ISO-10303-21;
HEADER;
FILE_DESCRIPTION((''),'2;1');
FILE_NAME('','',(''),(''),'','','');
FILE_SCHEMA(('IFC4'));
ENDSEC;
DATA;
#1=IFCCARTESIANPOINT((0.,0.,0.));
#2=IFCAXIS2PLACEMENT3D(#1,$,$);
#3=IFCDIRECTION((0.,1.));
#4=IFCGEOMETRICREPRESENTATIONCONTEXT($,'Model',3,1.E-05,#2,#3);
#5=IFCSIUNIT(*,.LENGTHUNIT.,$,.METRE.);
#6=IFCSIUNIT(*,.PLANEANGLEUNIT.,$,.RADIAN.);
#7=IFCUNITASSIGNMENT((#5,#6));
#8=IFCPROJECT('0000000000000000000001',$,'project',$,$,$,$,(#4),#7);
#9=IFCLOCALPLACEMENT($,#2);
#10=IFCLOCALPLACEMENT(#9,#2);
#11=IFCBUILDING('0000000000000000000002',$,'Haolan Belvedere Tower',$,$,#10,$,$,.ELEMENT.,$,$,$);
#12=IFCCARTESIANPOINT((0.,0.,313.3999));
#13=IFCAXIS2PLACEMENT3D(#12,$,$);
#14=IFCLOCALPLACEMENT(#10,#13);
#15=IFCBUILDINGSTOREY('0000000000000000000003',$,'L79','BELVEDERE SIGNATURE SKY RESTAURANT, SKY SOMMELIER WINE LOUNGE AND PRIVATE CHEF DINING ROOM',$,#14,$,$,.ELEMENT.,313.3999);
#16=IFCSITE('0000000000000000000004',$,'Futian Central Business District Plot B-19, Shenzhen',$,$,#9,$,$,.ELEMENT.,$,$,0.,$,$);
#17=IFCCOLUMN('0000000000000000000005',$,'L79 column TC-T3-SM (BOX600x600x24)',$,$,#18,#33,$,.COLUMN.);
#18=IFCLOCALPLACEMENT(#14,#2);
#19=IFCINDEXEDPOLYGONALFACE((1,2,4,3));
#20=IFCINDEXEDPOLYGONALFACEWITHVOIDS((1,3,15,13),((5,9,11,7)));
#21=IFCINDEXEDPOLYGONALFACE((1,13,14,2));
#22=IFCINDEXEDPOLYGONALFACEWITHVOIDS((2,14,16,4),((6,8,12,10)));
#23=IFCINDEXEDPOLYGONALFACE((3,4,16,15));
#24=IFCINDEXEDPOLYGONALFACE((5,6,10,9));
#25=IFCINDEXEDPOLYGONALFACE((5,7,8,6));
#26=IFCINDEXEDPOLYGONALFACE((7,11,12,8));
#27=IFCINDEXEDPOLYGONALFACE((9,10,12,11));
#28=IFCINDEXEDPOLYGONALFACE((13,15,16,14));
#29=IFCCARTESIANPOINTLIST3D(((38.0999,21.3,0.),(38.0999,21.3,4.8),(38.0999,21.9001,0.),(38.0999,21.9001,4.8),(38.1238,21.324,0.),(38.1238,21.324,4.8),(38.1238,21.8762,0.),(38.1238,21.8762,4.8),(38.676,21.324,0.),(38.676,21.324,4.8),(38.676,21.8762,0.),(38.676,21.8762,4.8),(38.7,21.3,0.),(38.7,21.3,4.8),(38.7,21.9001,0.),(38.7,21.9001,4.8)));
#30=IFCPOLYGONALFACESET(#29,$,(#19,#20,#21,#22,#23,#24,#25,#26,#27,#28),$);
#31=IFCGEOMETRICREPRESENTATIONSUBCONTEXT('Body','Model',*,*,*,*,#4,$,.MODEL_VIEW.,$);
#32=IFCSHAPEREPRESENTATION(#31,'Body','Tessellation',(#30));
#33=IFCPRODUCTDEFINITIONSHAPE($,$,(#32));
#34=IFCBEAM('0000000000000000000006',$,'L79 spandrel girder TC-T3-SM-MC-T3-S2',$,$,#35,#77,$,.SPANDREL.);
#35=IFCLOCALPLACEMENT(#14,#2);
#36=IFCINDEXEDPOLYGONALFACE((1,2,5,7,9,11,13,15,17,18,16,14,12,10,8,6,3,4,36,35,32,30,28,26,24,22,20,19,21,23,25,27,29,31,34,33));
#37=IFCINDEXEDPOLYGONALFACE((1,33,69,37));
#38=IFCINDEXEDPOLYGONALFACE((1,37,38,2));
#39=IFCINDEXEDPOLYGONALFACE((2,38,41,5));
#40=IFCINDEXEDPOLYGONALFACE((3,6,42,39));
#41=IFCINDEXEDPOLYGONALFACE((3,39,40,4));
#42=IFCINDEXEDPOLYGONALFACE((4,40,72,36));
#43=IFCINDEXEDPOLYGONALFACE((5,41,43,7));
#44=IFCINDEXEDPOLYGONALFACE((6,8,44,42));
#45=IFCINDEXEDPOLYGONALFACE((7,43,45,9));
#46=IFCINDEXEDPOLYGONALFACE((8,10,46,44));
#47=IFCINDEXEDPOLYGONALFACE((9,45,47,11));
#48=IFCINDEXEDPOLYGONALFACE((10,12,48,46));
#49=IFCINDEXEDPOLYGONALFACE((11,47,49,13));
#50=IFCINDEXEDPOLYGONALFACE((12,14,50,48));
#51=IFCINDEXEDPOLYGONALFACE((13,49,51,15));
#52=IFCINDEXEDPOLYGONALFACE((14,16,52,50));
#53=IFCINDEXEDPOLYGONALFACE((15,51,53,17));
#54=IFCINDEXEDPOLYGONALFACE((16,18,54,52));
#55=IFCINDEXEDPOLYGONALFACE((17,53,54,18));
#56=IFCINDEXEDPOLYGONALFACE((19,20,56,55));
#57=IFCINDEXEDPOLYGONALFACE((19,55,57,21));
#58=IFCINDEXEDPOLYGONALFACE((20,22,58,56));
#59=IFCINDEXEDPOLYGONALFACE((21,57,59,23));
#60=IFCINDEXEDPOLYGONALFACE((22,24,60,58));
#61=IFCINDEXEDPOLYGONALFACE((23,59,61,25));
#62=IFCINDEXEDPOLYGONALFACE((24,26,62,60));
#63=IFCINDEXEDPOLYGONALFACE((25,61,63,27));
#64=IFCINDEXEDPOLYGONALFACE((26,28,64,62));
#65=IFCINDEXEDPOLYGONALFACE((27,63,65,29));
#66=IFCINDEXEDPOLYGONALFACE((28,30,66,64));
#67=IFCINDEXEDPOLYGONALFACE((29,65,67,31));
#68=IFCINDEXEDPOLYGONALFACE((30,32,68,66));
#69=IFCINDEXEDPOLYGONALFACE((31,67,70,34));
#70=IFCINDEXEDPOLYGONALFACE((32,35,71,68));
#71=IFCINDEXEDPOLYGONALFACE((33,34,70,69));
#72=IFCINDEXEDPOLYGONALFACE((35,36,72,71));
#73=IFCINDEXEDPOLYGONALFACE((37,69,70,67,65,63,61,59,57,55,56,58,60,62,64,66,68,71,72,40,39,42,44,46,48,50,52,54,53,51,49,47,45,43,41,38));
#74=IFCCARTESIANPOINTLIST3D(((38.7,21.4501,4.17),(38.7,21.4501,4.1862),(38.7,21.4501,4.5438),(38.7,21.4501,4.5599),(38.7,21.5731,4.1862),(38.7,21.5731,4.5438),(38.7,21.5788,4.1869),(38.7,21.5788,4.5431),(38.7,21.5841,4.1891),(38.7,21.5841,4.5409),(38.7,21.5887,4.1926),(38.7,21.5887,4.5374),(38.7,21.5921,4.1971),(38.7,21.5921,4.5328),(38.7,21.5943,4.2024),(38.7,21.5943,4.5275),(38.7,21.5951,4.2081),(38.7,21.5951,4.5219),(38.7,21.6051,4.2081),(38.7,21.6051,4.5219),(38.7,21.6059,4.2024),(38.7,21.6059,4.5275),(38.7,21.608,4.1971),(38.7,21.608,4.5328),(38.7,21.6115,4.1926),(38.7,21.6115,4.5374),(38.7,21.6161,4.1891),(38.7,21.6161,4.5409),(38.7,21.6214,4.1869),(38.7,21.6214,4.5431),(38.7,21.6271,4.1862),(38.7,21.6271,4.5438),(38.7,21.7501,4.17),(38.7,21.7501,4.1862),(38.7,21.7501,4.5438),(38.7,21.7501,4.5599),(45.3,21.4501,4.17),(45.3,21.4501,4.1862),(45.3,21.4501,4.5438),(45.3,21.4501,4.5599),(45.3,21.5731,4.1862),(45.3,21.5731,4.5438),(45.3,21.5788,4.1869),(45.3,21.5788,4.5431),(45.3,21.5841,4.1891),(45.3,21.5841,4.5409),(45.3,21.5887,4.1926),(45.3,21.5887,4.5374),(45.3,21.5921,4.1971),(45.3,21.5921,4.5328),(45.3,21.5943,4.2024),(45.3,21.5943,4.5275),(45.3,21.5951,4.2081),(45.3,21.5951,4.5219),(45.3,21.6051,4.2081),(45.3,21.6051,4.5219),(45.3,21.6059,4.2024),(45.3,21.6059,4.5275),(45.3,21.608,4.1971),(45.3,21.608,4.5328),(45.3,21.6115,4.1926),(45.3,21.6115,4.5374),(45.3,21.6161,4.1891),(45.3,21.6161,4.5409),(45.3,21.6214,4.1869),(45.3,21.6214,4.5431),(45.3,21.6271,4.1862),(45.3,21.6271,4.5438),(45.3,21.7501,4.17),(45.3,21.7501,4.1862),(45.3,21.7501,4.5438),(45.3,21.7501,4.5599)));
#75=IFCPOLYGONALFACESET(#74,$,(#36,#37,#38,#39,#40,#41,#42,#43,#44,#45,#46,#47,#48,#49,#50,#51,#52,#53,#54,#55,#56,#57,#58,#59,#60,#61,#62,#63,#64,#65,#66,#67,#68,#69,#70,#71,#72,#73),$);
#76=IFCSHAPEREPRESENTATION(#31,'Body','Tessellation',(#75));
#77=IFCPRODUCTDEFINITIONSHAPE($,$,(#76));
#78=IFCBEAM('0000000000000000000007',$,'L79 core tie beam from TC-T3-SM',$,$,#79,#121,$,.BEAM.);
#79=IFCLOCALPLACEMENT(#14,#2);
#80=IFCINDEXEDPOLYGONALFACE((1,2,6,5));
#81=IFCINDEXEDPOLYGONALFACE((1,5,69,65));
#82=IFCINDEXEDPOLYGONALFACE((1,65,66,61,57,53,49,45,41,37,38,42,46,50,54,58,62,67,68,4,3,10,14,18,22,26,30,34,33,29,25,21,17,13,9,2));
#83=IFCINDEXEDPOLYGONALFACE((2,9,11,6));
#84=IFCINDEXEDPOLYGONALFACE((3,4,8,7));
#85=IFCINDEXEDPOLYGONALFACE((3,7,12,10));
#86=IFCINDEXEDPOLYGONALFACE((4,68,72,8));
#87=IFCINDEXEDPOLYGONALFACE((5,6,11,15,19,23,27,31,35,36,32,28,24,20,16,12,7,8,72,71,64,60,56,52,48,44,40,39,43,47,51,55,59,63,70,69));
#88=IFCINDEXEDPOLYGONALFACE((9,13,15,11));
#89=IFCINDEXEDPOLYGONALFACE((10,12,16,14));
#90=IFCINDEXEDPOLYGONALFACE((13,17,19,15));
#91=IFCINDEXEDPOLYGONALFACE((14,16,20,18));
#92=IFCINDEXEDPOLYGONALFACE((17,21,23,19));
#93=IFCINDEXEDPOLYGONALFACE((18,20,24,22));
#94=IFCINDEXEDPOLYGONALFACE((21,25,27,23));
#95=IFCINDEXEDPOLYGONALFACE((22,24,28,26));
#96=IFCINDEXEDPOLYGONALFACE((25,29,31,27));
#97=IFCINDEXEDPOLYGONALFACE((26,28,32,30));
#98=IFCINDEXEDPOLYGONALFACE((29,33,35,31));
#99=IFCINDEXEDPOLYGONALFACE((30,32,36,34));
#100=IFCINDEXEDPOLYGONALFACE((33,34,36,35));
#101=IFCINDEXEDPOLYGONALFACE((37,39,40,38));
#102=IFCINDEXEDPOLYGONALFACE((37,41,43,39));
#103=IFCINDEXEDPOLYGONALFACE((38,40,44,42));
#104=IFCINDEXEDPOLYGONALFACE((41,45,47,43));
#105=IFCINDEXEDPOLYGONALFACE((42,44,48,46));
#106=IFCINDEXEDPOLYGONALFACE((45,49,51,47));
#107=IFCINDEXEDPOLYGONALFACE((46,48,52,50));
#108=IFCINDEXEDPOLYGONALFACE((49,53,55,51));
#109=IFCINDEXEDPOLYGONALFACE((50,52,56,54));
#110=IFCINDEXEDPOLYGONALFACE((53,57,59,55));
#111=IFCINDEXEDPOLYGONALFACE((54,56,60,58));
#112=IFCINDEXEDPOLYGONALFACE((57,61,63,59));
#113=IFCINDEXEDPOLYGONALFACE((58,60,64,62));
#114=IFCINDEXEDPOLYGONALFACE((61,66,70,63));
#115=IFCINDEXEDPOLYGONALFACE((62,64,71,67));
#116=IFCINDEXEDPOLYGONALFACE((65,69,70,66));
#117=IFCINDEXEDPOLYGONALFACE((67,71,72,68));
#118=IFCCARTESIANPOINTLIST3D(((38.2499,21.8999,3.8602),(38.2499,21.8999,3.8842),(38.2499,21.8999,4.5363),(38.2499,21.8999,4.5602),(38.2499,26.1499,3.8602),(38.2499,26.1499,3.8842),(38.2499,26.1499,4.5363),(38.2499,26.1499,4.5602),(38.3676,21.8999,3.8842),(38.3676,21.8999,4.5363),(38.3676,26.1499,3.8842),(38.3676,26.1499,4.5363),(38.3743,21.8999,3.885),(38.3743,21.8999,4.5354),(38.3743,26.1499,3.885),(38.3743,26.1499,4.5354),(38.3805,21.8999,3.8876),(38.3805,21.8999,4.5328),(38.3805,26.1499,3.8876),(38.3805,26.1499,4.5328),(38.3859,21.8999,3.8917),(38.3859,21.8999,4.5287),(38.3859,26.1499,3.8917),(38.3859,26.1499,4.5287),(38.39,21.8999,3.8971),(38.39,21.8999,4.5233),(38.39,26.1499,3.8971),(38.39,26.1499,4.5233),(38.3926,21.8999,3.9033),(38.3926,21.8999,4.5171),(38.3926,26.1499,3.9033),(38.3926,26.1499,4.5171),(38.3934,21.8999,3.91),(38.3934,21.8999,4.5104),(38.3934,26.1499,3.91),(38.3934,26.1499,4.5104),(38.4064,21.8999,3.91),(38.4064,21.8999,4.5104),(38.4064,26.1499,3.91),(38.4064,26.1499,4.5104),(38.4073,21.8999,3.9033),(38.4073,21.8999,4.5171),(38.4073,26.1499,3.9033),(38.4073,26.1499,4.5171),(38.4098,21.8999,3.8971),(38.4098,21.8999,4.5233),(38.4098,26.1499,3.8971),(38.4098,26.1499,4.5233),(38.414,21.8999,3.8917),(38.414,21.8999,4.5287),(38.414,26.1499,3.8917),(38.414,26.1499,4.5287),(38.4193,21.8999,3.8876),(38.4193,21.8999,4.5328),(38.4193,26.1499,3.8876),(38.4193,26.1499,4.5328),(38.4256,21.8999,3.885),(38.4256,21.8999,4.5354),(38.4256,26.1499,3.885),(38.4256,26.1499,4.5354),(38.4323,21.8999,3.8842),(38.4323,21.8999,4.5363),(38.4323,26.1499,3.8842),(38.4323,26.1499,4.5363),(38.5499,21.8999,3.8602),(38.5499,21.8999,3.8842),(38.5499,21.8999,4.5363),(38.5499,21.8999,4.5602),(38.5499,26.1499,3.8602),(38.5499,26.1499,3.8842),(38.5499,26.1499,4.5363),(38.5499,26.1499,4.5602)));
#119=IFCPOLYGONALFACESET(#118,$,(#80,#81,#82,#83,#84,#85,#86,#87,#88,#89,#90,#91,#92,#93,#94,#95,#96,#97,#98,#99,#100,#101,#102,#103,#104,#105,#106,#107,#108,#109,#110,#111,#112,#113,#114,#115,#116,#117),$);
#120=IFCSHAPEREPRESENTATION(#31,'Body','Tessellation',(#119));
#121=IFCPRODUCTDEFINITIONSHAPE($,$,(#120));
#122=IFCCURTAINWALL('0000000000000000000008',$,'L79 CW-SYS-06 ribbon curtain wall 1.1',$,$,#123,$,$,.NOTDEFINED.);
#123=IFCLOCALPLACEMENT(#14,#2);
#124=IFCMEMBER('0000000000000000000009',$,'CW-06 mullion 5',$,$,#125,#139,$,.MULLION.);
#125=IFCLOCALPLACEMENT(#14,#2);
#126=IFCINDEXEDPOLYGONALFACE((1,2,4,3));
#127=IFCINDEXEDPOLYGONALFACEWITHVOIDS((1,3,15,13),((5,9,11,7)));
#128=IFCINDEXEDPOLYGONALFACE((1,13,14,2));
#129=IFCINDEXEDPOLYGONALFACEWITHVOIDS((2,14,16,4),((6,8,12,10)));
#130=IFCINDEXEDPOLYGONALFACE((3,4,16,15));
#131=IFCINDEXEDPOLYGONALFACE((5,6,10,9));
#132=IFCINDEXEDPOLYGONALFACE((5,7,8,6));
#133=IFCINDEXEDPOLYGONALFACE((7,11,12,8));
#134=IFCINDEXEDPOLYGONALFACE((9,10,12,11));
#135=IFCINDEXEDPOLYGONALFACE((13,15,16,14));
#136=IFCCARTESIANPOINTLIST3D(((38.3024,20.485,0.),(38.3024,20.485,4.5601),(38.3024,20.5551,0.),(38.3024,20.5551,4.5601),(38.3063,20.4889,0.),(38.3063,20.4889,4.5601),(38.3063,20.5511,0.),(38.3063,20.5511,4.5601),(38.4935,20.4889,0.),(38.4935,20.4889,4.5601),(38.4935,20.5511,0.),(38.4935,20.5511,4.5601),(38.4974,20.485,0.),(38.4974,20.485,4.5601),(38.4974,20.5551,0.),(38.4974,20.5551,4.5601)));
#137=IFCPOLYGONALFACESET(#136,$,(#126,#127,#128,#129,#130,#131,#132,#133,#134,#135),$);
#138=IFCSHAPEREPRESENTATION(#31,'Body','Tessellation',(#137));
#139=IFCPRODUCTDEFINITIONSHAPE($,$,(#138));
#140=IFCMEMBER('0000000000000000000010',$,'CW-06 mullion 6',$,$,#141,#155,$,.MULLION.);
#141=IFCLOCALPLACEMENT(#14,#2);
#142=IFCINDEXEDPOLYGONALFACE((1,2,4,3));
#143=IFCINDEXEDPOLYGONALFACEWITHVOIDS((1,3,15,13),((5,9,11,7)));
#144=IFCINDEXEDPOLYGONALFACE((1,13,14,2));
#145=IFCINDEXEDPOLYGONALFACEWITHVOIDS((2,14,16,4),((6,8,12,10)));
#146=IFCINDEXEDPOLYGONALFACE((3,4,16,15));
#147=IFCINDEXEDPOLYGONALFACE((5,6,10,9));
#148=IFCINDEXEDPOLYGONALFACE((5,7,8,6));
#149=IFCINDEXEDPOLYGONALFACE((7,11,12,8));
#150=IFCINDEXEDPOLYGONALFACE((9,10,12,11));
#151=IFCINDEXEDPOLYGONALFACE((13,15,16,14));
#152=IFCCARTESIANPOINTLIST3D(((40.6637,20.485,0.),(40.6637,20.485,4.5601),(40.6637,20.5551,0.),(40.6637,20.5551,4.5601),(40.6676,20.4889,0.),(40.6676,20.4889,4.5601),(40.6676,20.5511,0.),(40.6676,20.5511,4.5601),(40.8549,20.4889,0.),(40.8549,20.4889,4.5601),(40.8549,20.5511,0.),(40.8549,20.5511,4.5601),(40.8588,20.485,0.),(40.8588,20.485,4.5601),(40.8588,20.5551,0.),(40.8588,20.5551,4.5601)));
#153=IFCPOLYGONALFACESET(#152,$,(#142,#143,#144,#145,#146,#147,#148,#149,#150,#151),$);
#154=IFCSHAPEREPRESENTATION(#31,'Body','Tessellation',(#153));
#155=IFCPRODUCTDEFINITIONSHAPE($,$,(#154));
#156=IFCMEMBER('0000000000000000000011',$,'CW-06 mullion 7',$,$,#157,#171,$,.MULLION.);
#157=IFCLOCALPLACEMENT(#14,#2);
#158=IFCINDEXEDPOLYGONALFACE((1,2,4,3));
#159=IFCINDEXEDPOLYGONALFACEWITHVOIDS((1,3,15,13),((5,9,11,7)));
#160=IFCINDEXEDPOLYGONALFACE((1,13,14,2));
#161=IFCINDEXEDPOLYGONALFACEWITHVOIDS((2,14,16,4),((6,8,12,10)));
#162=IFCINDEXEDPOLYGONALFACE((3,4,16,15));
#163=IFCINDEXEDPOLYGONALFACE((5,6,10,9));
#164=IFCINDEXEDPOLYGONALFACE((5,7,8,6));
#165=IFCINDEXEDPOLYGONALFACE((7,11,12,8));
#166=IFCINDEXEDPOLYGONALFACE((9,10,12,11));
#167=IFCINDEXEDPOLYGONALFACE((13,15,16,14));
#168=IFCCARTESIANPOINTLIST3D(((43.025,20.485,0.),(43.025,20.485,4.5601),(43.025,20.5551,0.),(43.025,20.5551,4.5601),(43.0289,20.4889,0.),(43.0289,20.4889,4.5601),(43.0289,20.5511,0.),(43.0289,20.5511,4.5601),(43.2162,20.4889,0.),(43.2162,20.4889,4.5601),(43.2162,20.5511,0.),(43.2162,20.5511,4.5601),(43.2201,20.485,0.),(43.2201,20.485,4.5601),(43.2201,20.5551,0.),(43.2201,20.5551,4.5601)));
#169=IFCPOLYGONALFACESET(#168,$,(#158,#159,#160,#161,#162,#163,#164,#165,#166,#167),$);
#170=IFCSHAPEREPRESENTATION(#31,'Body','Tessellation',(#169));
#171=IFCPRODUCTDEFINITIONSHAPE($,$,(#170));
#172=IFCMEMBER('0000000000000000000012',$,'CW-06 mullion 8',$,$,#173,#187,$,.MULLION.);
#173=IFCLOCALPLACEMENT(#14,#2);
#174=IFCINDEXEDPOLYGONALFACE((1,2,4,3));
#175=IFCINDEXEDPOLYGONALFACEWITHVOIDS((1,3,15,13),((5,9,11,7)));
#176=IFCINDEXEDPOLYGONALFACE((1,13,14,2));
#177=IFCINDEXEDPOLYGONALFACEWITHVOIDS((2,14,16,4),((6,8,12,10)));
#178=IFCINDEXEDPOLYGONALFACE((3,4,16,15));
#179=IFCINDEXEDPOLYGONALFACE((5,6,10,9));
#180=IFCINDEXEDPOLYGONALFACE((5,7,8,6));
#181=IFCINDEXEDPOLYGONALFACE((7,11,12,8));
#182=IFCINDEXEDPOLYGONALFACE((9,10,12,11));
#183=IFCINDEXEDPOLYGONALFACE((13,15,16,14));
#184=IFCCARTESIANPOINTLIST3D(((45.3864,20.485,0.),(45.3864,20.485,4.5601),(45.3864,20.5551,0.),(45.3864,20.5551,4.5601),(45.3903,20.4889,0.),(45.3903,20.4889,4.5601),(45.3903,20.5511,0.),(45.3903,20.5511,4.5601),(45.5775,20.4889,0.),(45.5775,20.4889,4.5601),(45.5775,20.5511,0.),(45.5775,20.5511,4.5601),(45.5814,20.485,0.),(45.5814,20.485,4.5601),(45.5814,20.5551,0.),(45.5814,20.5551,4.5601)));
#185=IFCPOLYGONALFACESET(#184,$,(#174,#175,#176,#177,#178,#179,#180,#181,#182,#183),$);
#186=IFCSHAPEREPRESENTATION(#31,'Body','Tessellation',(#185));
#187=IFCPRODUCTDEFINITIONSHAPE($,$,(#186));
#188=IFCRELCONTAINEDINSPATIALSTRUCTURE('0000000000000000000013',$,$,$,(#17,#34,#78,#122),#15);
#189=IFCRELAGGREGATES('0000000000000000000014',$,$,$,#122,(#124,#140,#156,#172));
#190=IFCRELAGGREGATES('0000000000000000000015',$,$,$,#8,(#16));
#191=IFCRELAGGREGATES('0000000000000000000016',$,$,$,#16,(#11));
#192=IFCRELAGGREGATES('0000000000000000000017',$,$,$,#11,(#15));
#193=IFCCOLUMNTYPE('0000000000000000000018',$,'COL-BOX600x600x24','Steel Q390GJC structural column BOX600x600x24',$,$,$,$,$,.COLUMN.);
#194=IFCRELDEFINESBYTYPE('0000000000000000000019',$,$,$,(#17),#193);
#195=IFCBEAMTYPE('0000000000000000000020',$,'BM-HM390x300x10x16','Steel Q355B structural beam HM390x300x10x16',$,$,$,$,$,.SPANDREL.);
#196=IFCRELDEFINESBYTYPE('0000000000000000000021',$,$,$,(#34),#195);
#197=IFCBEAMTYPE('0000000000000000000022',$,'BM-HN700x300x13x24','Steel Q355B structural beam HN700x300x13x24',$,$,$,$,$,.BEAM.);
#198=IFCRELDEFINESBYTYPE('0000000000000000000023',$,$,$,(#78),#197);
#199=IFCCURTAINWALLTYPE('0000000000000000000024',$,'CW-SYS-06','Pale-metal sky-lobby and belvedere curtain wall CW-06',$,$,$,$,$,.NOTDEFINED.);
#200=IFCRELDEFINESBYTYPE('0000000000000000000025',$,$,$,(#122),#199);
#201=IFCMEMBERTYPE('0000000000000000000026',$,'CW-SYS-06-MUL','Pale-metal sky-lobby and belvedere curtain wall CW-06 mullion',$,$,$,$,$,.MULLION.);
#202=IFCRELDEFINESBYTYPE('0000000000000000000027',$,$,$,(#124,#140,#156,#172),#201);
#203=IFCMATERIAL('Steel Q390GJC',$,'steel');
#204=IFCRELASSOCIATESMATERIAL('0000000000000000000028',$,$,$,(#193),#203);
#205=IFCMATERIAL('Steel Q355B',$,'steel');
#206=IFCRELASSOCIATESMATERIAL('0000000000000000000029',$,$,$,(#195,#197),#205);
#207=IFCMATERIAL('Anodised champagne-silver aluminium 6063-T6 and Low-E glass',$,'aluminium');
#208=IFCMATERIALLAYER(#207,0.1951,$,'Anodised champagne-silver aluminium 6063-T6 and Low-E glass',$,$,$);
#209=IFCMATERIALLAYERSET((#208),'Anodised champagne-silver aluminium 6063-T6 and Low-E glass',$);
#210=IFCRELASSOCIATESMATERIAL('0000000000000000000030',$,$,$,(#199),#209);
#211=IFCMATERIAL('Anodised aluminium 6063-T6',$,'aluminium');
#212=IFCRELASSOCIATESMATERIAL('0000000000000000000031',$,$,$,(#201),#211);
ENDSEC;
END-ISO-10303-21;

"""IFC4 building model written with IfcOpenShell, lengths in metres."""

from ifc_helpers import new_model, si_unit, direction, frame, origin, origin_2d, place, context, subcontext, project, spatial, hollow_rectangle, i_section, extrude, material, layer, layer_set, material_profile, profile_set, type_object, element, aggregate, save


model = new_model("IFC4")

# Units and contexts
model_context = context("Model", 3, precision=1e-05, world=origin(), true_north=direction((0.0, 1.0)))
body_context = subcontext(model_context, "Body", "Model", "MODEL_VIEW")
ifc_project = project(units=[si_unit("LENGTHUNIT", "METRE"), si_unit("PLANEANGLEUNIT", "RADIAN")], contexts=[model_context])

# Site, building, storey
site_placement = place(None, origin())
site = spatial("IfcSite", under=ifc_project, at=site_placement, Name="Futian Central Business District Plot B-19, Shenzhen", CompositionType="ELEMENT", RefElevation=0.0)
building_placement = place(site_placement, origin())
building = spatial("IfcBuilding", under=site, at=building_placement, Name="Haolan Belvedere Tower", CompositionType="ELEMENT")
storey_placement = place(building_placement, frame((0.0, 0.0, 313.3999)))
storey = spatial("IfcBuildingStorey", under=building, at=storey_placement, Name="L79", Description="BELVEDERE SIGNATURE SKY RESTAURANT, SKY SOMMELIER WINE LOUNGE AND PRIVATE CHEF DINING ROOM", CompositionType="ELEMENT", Elevation=313.3999)

# Column
ifc_material_1 = material(Name="Steel Q390GJC", Category="steel")
ifc_material_profile_1 = material_profile(ifc_material_1, hollow_rectangle(XDim=0.6001, YDim=0.6001, WallThickness=0.0239, at=origin_2d()), Name="Steel Q390GJC")
ifc_profile_set_1 = profile_set([ifc_material_profile_1], Name="Steel Q390GJC")
column_type = type_object("IfcColumnType", Name="COL-BOX600x600x24", Description="Steel Q390GJC structural column BOX600x600x24", PredefinedType="COLUMN", material=ifc_profile_set_1)
column_placement = place(storey_placement, frame((38.3999, 21.6001, 0.0), z_axis=(0.0, 0.0, 1.0), x_axis=(1.0, 0.0, 0.0)))
element("IfcColumn", 1, at=column_placement, inside=storey, type_object=column_type, Name="L79 column TC-T3-SM (BOX600x600x24)", PredefinedType="COLUMN", context=body_context, shape_type="SweptSolid", body=[
    extrude(hollow_rectangle(XDim=0.6001, YDim=0.6001, WallThickness=0.0239, at=origin_2d()), origin(), (0.0, 0.0, 1.0), 4.8),
])

# Beams
ifc_material_2 = material(Name="Steel Q355B", Category="steel")
ifc_material_profile_2 = material_profile(ifc_material_2, i_section(OverallWidth=0.3, OverallDepth=0.3899, WebThickness=0.01, FlangeThickness=0.0161, FilletRadius=0.022, at=origin_2d()), Name="Steel Q355B")
ifc_profile_set_2 = profile_set([ifc_material_profile_2], Name="Steel Q355B")
beam_type_1 = type_object("IfcBeamType", Name="BM-HM390x300x10x16", Description="Steel Q355B structural beam HM390x300x10x16", PredefinedType="SPANDREL", material=ifc_profile_set_2)
beam_1_placement = place(storey_placement, frame((38.7, 21.6001, 4.365), z_axis=(1.0, 0.0, 0.0), x_axis=(0.0, 1.0, 0.0)))
element("IfcBeam", 2, at=beam_1_placement, inside=storey, type_object=beam_type_1, Name="L79 spandrel girder TC-T3-SM-MC-T3-S2", PredefinedType="SPANDREL", context=body_context, shape_type="SweptSolid", body=[
    extrude(i_section(OverallWidth=0.3, OverallDepth=0.3899, WebThickness=0.01, FlangeThickness=0.0161, FilletRadius=0.022, at=origin_2d()), origin(), (0.0, 0.0, 1.0), 6.6001),
])
ifc_material_profile_3 = material_profile(ifc_material_2, i_section(OverallWidth=0.3, OverallDepth=0.7, WebThickness=0.0129, FlangeThickness=0.0239, FilletRadius=0.0259, at=origin_2d()), Name="Steel Q355B")
ifc_profile_set_3 = profile_set([ifc_material_profile_3], Name="Steel Q355B")
beam_type_2 = type_object("IfcBeamType", Name="BM-HN700x300x13x24", Description="Steel Q355B structural beam HN700x300x13x24", PredefinedType="BEAM", material=ifc_profile_set_3)
beam_2_placement = place(storey_placement, frame((38.3999, 21.8999, 4.2102), z_axis=(0.0, 1.0, 0.0), x_axis=(-1.0, 0.0, 0.0)))
element("IfcBeam", 3, at=beam_2_placement, inside=storey, type_object=beam_type_2, Name="L79 core tie beam from TC-T3-SM", PredefinedType="BEAM", context=body_context, shape_type="SweptSolid", body=[
    extrude(i_section(OverallWidth=0.3, OverallDepth=0.7, WebThickness=0.0129, FlangeThickness=0.0239, FilletRadius=0.0259, at=origin_2d()), origin(), (0.0, 0.0, 1.0), 4.25),
])

# Curtain wall, members
ifc_material_3 = material(Name="Anodised champagne-silver aluminium 6063-T6 and Low-E glass", Category="aluminium")
ifc_layer_1 = layer(ifc_material_3, 0.1951, Name="Anodised champagne-silver aluminium 6063-T6 and Low-E glass")
ifc_layer_set_1 = layer_set([ifc_layer_1], Name="Anodised champagne-silver aluminium 6063-T6 and Low-E glass")
curtain_wall_type = type_object("IfcCurtainWallType", Name="CW-SYS-06", Description="Pale-metal sky-lobby and belvedere curtain wall CW-06", PredefinedType="NOTDEFINED", material=ifc_layer_set_1)
curtain_wall_placement = place(storey_placement, origin())
curtain_wall = element("IfcCurtainWall", 4, at=curtain_wall_placement, inside=storey, type_object=curtain_wall_type, Name="L79 CW-SYS-06 ribbon curtain wall 1.1", PredefinedType="NOTDEFINED")
ifc_material_4 = material(Name="Anodised aluminium 6063-T6", Category="aluminium")
ifc_material_profile_4 = material_profile(ifc_material_4, hollow_rectangle(XDim=0.0701, YDim=0.1951, WallThickness=0.0039, at=origin_2d()), Name="Anodised aluminium 6063-T6")
ifc_profile_set_4 = profile_set([ifc_material_profile_4], Name="Anodised aluminium 6063-T6")
member_type_1 = type_object("IfcMemberType", Name="CW-SYS-06-MUL", Description="Pale-metal sky-lobby and belvedere curtain wall CW-06 mullion", PredefinedType="MULLION", material=ifc_profile_set_4)
member_1_placement = place(storey_placement, frame((38.3999, 20.52, 0.0), z_axis=(0.0, 0.0, 1.0), x_axis=(0.0, 1.0, 0.0)))
member_1 = element("IfcMember", 5, at=member_1_placement, type_object=member_type_1, Name="CW-06 mullion 5", PredefinedType="MULLION", context=body_context, shape_type="SweptSolid", body=[
    extrude(hollow_rectangle(XDim=0.0701, YDim=0.1951, WallThickness=0.0039, at=origin_2d()), origin(), (0.0, 0.0, 1.0), 4.5601),
])
member_2_placement = place(storey_placement, frame((40.7612, 20.52, 0.0), z_axis=(0.0, 0.0, 1.0), x_axis=(0.0, 1.0, 0.0)))
member_2 = element("IfcMember", 6, at=member_2_placement, type_object=member_type_1, Name="CW-06 mullion 6", PredefinedType="MULLION", context=body_context, shape_type="SweptSolid", body=[
    extrude(hollow_rectangle(XDim=0.0701, YDim=0.1951, WallThickness=0.0039, at=origin_2d()), origin(), (0.0, 0.0, 1.0), 4.5601),
])
member_3_placement = place(storey_placement, frame((43.1226, 20.52, 0.0), z_axis=(0.0, 0.0, 1.0), x_axis=(0.0, 1.0, 0.0)))
member_3 = element("IfcMember", 7, at=member_3_placement, type_object=member_type_1, Name="CW-06 mullion 7", PredefinedType="MULLION", context=body_context, shape_type="SweptSolid", body=[
    extrude(hollow_rectangle(XDim=0.0701, YDim=0.1951, WallThickness=0.0039, at=origin_2d()), origin(), (0.0, 0.0, 1.0), 4.5601),
])
member_4_placement = place(storey_placement, frame((45.4839, 20.52, 0.0), z_axis=(0.0, 0.0, 1.0), x_axis=(0.0, 1.0, 0.0)))
member_4 = element("IfcMember", 8, at=member_4_placement, type_object=member_type_1, Name="CW-06 mullion 8", PredefinedType="MULLION", context=body_context, shape_type="SweptSolid", body=[
    extrude(hollow_rectangle(XDim=0.0701, YDim=0.1951, WallThickness=0.0039, at=origin_2d()), origin(), (0.0, 0.0, 1.0), 4.5601),
])
aggregate(curtain_wall, [member_1, member_2, member_3, member_4])

save(model, "model.ifc")
